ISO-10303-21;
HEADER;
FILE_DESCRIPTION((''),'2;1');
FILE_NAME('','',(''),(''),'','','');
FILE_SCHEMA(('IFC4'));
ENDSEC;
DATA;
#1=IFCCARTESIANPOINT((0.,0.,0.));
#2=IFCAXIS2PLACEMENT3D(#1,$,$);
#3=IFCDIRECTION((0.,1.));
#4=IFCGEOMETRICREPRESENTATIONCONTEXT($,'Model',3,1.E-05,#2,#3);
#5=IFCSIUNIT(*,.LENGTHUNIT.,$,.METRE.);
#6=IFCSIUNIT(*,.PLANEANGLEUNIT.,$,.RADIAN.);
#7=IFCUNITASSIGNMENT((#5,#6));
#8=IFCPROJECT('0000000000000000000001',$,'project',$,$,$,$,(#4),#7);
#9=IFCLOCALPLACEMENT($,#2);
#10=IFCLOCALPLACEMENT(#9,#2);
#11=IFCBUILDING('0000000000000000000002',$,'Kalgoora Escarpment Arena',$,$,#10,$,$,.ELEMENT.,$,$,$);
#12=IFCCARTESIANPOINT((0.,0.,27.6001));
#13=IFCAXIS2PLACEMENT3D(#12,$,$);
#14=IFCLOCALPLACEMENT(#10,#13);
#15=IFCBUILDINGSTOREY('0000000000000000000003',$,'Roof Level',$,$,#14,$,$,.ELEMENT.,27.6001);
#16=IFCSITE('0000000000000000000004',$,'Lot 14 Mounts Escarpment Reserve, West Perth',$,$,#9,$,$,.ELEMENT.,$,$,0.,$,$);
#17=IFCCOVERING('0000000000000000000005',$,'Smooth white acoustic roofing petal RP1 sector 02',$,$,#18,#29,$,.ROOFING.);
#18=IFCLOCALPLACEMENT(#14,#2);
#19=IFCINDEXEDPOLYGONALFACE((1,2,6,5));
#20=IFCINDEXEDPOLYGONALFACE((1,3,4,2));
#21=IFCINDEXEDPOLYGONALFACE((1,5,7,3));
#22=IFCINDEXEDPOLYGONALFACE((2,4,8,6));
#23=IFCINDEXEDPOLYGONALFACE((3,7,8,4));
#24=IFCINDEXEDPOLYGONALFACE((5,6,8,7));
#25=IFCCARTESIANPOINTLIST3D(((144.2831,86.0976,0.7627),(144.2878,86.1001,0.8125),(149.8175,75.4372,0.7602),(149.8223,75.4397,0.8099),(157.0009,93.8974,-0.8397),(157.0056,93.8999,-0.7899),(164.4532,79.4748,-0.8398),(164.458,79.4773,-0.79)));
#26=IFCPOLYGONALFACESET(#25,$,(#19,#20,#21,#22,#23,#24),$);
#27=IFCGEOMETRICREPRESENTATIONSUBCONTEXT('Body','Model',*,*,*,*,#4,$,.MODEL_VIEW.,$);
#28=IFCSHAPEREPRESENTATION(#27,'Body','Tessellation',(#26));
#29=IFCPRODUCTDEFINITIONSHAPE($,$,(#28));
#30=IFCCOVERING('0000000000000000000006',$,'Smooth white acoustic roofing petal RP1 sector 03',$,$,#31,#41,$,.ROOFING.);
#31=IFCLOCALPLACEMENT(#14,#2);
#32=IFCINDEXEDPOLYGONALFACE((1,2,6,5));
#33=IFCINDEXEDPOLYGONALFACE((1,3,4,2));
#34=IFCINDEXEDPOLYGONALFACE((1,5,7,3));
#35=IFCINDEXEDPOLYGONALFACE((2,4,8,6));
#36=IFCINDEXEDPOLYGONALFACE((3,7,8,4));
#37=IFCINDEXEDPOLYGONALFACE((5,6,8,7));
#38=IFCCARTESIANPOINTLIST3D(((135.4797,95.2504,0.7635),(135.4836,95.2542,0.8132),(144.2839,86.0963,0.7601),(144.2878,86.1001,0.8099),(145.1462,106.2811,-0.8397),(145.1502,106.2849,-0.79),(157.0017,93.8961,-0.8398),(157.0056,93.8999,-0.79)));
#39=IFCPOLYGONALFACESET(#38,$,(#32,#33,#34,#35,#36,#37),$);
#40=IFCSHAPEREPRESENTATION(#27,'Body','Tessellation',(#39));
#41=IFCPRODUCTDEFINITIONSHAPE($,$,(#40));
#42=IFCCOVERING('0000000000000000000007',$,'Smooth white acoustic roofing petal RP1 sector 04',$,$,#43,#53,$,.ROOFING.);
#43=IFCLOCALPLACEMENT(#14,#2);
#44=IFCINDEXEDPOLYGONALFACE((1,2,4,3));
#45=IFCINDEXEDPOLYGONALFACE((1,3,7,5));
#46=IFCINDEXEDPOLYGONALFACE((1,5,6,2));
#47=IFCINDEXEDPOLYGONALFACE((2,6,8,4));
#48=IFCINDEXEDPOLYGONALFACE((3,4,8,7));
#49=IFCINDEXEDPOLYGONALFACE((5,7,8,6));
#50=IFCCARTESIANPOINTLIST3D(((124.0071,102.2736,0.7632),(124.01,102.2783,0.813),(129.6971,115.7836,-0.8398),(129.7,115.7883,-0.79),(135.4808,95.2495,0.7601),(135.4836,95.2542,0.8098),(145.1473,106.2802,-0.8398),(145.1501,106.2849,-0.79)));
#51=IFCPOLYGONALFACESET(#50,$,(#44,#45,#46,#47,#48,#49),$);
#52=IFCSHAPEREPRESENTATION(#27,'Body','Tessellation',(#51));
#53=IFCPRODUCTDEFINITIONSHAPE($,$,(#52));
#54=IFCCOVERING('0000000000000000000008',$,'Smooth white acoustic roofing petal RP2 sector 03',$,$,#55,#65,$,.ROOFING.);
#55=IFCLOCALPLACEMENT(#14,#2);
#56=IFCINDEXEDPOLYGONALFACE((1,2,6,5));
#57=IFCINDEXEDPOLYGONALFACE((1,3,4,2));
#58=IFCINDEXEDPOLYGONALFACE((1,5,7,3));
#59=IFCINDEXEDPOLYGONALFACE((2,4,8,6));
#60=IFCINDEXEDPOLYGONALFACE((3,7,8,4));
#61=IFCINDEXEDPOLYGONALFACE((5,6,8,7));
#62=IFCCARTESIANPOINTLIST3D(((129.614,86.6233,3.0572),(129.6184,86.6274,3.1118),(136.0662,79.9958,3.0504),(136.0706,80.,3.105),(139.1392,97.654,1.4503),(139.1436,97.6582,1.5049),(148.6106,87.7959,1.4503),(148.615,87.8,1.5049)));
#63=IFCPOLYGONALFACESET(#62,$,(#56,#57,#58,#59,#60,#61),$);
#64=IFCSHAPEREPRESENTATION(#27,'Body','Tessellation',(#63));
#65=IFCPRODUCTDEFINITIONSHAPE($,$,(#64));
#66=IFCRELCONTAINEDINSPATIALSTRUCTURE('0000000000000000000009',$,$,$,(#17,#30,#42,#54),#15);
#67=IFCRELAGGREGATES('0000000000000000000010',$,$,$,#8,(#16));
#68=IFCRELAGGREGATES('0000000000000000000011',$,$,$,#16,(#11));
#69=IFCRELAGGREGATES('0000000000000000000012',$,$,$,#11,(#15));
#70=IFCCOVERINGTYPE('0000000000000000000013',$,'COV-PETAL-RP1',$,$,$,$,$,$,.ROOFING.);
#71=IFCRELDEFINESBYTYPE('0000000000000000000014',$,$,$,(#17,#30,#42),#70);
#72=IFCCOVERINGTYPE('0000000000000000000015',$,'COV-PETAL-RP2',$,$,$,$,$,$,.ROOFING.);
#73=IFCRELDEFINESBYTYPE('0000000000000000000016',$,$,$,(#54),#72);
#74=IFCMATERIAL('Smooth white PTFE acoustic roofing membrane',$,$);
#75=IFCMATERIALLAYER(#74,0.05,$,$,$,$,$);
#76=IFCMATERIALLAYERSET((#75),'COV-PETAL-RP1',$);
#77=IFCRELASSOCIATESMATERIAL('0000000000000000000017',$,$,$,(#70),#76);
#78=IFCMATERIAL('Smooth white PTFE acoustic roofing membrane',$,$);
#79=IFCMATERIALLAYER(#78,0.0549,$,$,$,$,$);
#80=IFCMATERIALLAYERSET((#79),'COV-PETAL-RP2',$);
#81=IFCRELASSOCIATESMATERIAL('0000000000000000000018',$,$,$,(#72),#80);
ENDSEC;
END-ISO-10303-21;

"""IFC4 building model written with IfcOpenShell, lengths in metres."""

from ifc_helpers import new_model, si_unit, direction, frame, origin, place, context, subcontext, project, spatial, polyline, outline, extrude, material, layer, layer_set, type_object, element, save


model = new_model("IFC4")

# Units and contexts
model_context = context("Model", 3, precision=1e-05, world=origin(), true_north=direction((0.0, 1.0)))
body_context = subcontext(model_context, "Body", "Model", "MODEL_VIEW")
ifc_project = project(units=[si_unit("LENGTHUNIT", "METRE"), si_unit("PLANEANGLEUNIT", "RADIAN")], contexts=[model_context])

# Site, building, storey
site_placement = place(None, origin())
site = spatial("IfcSite", under=ifc_project, at=site_placement, Name="Lot 14 Mounts Escarpment Reserve, West Perth", CompositionType="ELEMENT", RefElevation=0.0)
building_placement = place(site_placement, origin())
building = spatial("IfcBuilding", under=site, at=building_placement, Name="Kalgoora Escarpment Arena", CompositionType="ELEMENT")
storey_placement = place(building_placement, frame((0.0, 0.0, 27.6001)))
storey = spatial("IfcBuildingStorey", under=building, at=storey_placement, Name="Roof Level", CompositionType="ELEMENT", Elevation=27.6001)

# Coverings
ifc_material_1 = material(Name="Smooth white PTFE acoustic roofing membrane")
ifc_layer_1 = layer(ifc_material_1, 0.05)
ifc_layer_set_1 = layer_set([ifc_layer_1], Name="COV-PETAL-RP1")
covering_type_1 = type_object("IfcCoveringType", Name="COV-PETAL-RP1", PredefinedType="ROOFING", material=ifc_layer_set_1)
covering_1_placement = place(storey_placement, frame((164.458, 79.4773, -0.79), z_axis=(0.095132, 0.049148, 0.994251), x_axis=(-0.459054, 0.888408, 0.000007)))
element("IfcCovering", 1, at=covering_1_placement, inside=storey, type_object=covering_type_1, Name="Smooth white acoustic roofing petal RP1 sector 02", PredefinedType="ROOFING", context=body_context, shape_type="SweptSolid", body=[
    extrude(outline(polyline([(0.0, 0.0), (16.2342, 0.0), (15.143, 14.9652), (3.1316, 14.9419), (0.0, 0.0)])), origin(), (0.0, 0.0, -1.0), 0.05),
])
covering_2_placement = place(storey_placement, frame((157.0056, 93.8999, -0.79), z_axis=(0.078796, 0.075421, 0.994034), x_axis=(-0.691495, 0.722382, 0.000004)))
element("IfcCovering", 2, at=covering_2_placement, inside=storey, type_object=covering_type_1, Name="Smooth white acoustic roofing petal RP1 sector 03", PredefinedType="ROOFING", context=body_context, shape_type="SweptSolid", body=[
    extrude(outline(polyline([(0.0, 0.0), (17.1447, 0.0), (15.8606, 14.6983), (3.1598, 14.6681), (0.0, 0.0)])), origin(), (0.0, 0.0, -1.0), 0.05),
])
covering_3_placement = place(storey_placement, frame((145.1501, 106.2849, -0.79), z_axis=(0.057616, 0.093668, 0.993935), x_axis=(-0.851766, 0.523922, 0.000001)))
element("IfcCovering", 3, at=covering_3_placement, inside=storey, type_object=covering_type_1, Name="Smooth white acoustic roofing petal RP1 sector 04", PredefinedType="ROOFING", context=body_context, shape_type="SweptSolid", body=[
    extrude(outline(polyline([(0.0, 0.0), (18.139, 0.0), (15.9073, 14.5769), (2.4543, 14.5484), (0.0, 0.0)])), origin(), (0.0, 0.0, -1.0), 0.05),
])
ifc_material_2 = material(Name="Smooth white PTFE acoustic roofing membrane")
ifc_layer_2 = layer(ifc_material_2, 0.0549)
ifc_layer_set_2 = layer_set([ifc_layer_2], Name="COV-PETAL-RP2")
covering_type_2 = type_object("IfcCoveringType", Name="COV-PETAL-RP2", PredefinedType="ROOFING", material=ifc_layer_set_2)
covering_4_placement = place(storey_placement, frame((148.615, 87.8, 1.5049), z_axis=(0.07937, 0.076252, 0.993925), x_axis=(-0.692821, 0.72111, 0.000003)))
element("IfcCovering", 4, at=covering_4_placement, inside=storey, type_object=covering_type_2, Name="Smooth white acoustic roofing petal RP2 sector 03", PredefinedType="ROOFING", context=body_context, shape_type="SweptSolid", body=[
    extrude(outline(polyline([(0.0, 0.0), (13.6708, 0.0), (12.3157, 14.5997), (3.0664, 14.5383), (0.0, 0.0)])), origin(), (0.0, 0.0, -1.0), 0.0549),
])

save(model, "model.ifc")
